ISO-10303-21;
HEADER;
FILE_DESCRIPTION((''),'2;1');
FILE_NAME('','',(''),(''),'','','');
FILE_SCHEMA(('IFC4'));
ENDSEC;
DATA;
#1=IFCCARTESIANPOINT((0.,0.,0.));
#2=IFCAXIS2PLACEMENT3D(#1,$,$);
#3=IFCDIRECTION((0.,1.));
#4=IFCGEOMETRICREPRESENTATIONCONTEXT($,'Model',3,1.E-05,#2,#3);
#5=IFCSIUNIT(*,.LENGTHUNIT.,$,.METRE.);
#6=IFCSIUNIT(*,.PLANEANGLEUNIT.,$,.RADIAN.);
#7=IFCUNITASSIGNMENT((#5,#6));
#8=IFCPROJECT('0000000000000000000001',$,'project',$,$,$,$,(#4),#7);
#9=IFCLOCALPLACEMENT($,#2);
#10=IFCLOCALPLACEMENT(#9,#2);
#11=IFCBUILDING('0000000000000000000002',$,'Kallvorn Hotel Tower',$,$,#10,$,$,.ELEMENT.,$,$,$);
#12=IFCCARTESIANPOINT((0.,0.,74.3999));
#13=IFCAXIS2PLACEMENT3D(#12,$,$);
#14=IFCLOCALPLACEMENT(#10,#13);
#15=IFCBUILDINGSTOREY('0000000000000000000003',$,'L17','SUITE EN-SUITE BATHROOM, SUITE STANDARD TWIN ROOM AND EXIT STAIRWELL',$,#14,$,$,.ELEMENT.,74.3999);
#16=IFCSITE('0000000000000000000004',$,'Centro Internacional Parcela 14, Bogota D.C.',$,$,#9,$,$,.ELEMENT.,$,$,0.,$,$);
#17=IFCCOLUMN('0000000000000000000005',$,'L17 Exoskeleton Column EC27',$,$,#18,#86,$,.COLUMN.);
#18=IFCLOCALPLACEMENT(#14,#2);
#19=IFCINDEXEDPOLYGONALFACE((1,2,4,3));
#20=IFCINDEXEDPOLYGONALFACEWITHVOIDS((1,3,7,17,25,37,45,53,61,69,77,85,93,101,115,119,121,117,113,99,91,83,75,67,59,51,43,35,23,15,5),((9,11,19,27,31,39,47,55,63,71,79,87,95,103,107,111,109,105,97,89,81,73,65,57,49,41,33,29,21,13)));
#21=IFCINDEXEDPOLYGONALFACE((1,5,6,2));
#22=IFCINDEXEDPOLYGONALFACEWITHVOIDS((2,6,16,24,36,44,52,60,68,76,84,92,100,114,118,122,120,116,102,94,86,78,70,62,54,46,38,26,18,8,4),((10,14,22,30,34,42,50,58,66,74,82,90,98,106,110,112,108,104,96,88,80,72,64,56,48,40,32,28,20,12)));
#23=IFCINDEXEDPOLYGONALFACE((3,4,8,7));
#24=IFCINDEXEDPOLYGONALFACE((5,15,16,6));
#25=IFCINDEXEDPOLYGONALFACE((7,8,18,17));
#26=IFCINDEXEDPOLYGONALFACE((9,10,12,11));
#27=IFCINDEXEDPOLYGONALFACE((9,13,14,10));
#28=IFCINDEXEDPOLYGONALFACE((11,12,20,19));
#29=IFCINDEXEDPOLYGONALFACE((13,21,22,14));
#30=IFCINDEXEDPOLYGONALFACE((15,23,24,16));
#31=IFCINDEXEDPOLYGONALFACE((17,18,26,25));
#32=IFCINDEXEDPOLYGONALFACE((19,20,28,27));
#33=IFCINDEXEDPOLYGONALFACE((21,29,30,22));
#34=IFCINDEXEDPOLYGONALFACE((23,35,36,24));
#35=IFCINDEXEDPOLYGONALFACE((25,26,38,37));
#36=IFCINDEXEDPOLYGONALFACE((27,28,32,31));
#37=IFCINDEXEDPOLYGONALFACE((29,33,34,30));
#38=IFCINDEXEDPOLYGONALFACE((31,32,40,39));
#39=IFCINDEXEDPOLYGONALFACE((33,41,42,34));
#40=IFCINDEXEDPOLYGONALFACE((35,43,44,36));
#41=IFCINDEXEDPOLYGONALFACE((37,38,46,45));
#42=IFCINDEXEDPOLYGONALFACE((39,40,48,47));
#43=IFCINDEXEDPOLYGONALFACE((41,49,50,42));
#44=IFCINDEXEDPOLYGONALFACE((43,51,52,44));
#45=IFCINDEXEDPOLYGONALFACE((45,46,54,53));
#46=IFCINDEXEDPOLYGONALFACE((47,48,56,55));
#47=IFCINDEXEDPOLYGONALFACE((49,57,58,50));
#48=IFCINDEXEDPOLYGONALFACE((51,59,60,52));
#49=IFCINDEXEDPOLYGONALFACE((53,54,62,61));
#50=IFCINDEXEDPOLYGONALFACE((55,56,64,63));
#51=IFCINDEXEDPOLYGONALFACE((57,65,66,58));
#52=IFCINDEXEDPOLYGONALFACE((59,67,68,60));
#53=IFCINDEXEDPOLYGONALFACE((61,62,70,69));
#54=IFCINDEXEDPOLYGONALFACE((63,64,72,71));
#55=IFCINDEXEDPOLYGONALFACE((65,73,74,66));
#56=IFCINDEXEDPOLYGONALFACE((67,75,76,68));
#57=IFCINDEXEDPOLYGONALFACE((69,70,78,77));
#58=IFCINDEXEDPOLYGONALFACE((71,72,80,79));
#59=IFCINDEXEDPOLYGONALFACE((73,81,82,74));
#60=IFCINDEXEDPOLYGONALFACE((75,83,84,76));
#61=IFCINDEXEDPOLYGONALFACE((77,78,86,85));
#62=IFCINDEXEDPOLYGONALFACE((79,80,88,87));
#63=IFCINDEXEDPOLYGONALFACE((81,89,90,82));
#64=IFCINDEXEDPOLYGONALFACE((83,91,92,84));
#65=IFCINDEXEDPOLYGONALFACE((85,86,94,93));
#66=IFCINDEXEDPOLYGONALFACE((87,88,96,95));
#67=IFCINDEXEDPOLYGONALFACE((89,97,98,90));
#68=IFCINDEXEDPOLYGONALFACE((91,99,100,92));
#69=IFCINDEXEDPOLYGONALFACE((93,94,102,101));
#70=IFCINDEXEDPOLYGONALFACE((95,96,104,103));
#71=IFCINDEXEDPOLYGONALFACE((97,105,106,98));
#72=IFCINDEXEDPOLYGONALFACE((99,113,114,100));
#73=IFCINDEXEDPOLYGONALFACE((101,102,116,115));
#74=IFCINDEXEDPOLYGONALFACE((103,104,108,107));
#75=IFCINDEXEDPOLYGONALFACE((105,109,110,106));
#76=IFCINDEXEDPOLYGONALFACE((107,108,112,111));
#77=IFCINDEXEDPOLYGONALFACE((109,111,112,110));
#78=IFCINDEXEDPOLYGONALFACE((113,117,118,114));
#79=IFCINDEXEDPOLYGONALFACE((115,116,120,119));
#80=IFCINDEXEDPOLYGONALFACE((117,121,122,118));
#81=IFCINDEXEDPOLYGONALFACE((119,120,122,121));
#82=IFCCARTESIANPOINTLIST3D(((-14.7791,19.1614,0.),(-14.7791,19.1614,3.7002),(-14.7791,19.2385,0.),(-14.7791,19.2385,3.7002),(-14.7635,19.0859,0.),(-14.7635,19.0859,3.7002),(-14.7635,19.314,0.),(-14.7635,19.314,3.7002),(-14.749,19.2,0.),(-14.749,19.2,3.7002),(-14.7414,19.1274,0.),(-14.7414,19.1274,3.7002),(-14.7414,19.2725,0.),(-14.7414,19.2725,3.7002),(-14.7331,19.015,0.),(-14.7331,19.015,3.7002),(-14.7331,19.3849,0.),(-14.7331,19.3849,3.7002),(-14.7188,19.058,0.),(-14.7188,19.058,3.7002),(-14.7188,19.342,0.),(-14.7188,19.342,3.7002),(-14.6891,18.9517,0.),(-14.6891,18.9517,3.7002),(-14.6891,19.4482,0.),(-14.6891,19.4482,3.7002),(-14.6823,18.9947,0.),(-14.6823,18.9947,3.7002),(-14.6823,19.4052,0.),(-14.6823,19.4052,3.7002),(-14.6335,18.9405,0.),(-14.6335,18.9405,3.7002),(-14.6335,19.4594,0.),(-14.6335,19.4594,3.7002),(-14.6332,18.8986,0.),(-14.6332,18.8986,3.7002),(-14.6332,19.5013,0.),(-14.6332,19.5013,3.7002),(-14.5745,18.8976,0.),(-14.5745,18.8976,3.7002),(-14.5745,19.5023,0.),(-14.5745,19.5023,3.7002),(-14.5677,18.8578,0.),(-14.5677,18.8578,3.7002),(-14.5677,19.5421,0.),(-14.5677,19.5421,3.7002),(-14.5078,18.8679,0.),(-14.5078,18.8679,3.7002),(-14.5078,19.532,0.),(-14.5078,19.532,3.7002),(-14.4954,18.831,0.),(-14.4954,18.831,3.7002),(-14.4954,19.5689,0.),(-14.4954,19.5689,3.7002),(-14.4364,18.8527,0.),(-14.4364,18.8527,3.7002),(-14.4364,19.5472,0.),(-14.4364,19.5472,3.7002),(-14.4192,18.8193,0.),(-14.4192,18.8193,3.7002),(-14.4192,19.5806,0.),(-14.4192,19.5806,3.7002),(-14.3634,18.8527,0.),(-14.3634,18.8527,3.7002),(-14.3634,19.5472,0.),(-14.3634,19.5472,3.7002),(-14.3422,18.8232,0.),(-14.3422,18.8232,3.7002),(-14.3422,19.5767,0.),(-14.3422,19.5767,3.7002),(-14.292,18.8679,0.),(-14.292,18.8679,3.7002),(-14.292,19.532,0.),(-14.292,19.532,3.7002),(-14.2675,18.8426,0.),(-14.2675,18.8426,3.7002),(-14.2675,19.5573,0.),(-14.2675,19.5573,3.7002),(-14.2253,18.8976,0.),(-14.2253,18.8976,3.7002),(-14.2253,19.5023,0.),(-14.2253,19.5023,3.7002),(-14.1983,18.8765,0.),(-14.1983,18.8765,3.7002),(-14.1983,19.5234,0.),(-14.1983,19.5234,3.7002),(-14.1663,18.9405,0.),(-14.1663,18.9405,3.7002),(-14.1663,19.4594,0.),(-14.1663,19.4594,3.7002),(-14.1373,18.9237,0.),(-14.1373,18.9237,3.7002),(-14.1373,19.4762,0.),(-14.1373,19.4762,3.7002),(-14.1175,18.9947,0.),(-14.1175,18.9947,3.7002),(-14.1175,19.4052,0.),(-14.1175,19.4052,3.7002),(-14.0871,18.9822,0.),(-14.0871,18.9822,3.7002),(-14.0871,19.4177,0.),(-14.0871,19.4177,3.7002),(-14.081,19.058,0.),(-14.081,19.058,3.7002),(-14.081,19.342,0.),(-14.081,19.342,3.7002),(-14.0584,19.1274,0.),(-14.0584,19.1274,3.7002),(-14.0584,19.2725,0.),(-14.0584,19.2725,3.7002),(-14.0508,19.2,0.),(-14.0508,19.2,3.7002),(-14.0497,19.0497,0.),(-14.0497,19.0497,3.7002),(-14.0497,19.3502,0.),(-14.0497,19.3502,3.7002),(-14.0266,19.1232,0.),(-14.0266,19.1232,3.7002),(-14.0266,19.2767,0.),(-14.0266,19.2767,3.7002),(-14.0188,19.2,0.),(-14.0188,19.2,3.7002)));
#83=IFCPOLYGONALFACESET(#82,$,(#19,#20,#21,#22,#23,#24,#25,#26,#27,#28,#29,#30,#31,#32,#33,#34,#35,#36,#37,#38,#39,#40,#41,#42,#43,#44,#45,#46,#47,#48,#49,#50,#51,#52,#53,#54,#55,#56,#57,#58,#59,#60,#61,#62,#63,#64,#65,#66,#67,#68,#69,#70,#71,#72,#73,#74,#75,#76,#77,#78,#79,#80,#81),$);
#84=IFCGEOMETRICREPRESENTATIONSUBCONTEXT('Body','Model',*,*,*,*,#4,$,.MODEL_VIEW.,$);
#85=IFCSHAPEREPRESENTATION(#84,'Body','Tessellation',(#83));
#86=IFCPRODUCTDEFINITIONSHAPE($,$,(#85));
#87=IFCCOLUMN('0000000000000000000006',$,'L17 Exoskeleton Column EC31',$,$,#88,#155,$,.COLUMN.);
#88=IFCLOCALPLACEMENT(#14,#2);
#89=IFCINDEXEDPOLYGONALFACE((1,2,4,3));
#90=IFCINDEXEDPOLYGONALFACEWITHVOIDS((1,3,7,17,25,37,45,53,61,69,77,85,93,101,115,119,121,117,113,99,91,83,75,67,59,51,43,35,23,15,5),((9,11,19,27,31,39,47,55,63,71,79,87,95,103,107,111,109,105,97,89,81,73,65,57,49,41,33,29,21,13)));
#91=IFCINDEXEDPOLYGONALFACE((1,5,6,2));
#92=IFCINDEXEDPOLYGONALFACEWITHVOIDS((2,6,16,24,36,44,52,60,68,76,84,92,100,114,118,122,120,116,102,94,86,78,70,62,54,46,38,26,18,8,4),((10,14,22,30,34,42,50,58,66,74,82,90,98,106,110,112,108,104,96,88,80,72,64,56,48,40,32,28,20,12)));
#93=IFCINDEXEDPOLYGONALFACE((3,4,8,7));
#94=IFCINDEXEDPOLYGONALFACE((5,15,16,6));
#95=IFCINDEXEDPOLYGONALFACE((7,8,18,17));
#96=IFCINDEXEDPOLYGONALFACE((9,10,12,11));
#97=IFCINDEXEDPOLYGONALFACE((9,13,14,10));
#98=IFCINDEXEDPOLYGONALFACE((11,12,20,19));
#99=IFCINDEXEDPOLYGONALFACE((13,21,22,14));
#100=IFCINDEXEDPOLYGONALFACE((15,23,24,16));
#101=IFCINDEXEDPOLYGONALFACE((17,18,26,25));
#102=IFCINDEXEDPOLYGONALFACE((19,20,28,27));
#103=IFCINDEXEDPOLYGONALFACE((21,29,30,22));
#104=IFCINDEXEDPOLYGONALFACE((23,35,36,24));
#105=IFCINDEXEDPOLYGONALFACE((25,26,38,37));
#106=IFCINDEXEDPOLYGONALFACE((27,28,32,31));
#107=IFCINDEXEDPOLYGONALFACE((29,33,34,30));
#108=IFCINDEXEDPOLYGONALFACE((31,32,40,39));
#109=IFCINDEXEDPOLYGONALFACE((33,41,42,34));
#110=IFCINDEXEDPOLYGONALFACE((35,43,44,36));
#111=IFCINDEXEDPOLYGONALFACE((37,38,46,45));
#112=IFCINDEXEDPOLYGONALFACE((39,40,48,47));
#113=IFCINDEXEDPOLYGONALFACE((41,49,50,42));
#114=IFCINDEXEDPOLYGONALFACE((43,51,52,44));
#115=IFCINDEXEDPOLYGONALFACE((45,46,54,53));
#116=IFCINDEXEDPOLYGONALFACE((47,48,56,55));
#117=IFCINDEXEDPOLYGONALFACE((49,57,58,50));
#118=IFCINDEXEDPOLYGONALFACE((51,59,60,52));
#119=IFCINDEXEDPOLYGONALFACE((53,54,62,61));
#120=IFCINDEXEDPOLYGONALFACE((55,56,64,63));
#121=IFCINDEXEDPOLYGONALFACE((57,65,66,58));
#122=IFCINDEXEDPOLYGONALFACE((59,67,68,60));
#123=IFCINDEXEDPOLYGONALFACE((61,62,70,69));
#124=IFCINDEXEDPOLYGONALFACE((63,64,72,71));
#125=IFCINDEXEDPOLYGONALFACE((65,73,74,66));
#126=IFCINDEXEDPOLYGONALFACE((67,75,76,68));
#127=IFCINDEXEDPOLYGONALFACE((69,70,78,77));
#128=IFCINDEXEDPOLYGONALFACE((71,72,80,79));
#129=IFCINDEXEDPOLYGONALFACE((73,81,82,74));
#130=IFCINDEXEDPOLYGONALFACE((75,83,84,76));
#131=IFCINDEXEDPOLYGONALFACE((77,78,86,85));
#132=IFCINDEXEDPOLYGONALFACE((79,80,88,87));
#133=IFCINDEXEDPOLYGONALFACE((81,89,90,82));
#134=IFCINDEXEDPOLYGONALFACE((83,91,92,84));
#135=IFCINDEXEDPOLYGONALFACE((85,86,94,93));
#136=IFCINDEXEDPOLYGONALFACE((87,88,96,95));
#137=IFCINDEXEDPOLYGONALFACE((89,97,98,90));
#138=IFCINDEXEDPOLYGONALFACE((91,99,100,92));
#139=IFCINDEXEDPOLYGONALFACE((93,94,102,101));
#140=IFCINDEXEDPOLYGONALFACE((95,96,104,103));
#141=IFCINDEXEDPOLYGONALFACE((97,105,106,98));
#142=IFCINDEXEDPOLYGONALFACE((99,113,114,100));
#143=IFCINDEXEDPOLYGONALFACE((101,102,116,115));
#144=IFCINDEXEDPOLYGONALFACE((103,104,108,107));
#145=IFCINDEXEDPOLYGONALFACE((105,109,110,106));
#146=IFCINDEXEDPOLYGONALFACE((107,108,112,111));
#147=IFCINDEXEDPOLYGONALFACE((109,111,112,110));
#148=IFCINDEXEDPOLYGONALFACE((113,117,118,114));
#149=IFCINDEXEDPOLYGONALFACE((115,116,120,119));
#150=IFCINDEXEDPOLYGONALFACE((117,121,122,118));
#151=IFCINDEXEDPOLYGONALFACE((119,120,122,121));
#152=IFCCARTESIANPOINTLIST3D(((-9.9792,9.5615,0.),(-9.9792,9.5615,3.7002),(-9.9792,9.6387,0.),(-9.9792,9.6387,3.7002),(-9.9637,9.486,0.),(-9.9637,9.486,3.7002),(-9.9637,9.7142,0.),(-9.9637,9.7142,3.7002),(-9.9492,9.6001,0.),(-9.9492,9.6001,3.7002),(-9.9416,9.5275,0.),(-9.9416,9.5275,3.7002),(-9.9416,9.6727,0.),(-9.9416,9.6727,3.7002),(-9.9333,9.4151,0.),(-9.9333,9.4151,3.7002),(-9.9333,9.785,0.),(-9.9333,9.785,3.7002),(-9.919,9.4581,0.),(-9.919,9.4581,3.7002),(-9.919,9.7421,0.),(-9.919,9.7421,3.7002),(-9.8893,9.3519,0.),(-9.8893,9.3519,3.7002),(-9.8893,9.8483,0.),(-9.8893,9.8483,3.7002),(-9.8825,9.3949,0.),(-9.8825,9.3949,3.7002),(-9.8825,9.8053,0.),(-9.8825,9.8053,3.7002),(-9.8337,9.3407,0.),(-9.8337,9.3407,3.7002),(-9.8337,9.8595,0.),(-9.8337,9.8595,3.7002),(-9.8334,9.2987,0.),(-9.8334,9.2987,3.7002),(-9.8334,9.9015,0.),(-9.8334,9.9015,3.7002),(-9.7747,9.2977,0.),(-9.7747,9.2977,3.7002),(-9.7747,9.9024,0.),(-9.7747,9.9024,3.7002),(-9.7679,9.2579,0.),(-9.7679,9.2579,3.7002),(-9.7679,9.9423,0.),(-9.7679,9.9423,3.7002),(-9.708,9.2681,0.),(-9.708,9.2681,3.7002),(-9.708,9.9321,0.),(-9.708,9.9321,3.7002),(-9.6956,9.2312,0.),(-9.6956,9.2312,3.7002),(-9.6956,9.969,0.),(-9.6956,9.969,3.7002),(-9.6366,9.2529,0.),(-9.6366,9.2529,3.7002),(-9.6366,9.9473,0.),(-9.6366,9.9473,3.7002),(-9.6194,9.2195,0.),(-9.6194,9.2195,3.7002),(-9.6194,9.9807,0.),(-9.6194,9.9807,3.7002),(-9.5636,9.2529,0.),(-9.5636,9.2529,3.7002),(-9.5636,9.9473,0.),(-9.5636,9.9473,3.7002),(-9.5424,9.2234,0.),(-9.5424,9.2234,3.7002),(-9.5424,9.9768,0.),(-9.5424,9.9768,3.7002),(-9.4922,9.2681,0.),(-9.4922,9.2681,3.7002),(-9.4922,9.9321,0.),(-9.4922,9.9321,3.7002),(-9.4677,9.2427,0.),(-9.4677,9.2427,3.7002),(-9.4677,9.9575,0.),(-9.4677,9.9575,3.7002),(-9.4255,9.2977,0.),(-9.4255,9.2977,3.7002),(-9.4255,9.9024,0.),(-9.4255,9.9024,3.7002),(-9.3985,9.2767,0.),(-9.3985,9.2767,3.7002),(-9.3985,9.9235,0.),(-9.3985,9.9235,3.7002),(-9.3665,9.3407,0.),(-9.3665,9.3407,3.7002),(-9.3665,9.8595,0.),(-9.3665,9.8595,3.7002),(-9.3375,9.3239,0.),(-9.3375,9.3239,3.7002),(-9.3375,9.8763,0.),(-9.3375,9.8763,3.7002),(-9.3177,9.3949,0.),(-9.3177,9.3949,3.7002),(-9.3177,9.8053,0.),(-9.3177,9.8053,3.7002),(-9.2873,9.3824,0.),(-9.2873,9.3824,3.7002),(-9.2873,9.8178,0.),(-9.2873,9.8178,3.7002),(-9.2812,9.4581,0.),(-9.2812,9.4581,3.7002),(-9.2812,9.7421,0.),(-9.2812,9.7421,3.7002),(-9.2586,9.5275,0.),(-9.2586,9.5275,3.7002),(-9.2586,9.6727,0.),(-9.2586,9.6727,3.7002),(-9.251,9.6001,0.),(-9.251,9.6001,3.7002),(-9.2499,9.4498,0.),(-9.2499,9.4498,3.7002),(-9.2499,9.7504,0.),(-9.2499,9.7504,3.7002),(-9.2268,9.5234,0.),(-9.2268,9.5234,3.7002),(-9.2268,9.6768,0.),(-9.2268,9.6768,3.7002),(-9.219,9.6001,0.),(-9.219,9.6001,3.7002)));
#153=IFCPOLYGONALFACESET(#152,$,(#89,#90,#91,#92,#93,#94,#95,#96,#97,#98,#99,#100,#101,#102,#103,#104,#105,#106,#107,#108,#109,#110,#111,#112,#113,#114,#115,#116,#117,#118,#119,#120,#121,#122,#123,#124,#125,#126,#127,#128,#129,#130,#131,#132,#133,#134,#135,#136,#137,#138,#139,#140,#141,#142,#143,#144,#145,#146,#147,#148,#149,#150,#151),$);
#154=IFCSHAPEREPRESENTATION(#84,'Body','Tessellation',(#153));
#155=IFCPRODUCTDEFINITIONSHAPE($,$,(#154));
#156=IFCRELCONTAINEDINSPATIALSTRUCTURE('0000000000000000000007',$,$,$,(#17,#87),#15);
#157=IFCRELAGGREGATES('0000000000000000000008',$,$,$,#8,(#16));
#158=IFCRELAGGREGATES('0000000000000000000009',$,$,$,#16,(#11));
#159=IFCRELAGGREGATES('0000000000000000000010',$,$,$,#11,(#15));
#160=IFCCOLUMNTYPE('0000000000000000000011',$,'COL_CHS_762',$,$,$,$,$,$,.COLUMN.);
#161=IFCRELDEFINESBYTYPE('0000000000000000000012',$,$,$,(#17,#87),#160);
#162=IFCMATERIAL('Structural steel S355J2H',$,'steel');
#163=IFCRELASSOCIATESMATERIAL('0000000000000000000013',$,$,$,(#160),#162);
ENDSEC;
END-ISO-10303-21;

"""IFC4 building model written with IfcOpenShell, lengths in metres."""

from ifc_helpers import new_model, si_unit, direction, frame, origin, origin_2d, place, context, subcontext, project, spatial, hollow_circle, extrude, material, material_profile, profile_set, type_object, element, save


model = new_model("IFC4")

# Units and contexts
model_context = context("Model", 3, precision=1e-05, world=origin(), true_north=direction((0.0, 1.0)))
body_context = subcontext(model_context, "Body", "Model", "MODEL_VIEW")
ifc_project = project(units=[si_unit("LENGTHUNIT", "METRE"), si_unit("PLANEANGLEUNIT", "RADIAN")], contexts=[model_context])

# Site, building, storey
site_placement = place(None, origin())
site = spatial("IfcSite", under=ifc_project, at=site_placement, Name="Centro Internacional Parcela 14, Bogota D.C.", CompositionType="ELEMENT", RefElevation=0.0)
building_placement = place(site_placement, origin())
building = spatial("IfcBuilding", under=site, at=building_placement, Name="Kallvorn Hotel Tower", CompositionType="ELEMENT")
storey_placement = place(building_placement, frame((0.0, 0.0, 74.3999)))
storey = spatial("IfcBuildingStorey", under=building, at=storey_placement, Name="L17", Description="SUITE EN-SUITE BATHROOM, SUITE STANDARD TWIN ROOM AND EXIT STAIRWELL", CompositionType="ELEMENT", Elevation=74.3999)

# Columns
ifc_material_1 = material(Name="Structural steel S355J2H", Category="steel")
ifc_material_profile_1 = material_profile(ifc_material_1, hollow_circle(Radius=0.3811, WallThickness=0.032, at=origin_2d()), Name="CHS 762x32")
ifc_profile_set_1 = profile_set([ifc_material_profile_1], Name="Structural steel S355J2H")
column_type_1 = type_object("IfcColumnType", Name="COL_CHS_762", PredefinedType="COLUMN", material=ifc_profile_set_1)
for number, where, z_axis, x_axis, name in (
    (1, (-14.3999, 19.2, 0.0), (0.0, 0.0, 1.0), (1.0, 0.0, 0.0), "L17 Exoskeleton Column EC27"),
    (2, (-9.6001, 9.6001, 0.0), (0.0, 0.0, 1.0), (1.0, 0.0, 0.0), "L17 Exoskeleton Column EC31"),
):
    element("IfcColumn", number, at=place(storey_placement, frame(where, z_axis=z_axis, x_axis=x_axis)), inside=storey, type_object=column_type_1, Name=name, PredefinedType="COLUMN", context=body_context, shape_type="SweptSolid", body=[
        extrude(hollow_circle(Radius=0.3811, WallThickness=0.032, at=origin_2d()), origin(), (0.0, 0.0, 1.0), 3.7002),
    ])

save(model, "model.ifc")
